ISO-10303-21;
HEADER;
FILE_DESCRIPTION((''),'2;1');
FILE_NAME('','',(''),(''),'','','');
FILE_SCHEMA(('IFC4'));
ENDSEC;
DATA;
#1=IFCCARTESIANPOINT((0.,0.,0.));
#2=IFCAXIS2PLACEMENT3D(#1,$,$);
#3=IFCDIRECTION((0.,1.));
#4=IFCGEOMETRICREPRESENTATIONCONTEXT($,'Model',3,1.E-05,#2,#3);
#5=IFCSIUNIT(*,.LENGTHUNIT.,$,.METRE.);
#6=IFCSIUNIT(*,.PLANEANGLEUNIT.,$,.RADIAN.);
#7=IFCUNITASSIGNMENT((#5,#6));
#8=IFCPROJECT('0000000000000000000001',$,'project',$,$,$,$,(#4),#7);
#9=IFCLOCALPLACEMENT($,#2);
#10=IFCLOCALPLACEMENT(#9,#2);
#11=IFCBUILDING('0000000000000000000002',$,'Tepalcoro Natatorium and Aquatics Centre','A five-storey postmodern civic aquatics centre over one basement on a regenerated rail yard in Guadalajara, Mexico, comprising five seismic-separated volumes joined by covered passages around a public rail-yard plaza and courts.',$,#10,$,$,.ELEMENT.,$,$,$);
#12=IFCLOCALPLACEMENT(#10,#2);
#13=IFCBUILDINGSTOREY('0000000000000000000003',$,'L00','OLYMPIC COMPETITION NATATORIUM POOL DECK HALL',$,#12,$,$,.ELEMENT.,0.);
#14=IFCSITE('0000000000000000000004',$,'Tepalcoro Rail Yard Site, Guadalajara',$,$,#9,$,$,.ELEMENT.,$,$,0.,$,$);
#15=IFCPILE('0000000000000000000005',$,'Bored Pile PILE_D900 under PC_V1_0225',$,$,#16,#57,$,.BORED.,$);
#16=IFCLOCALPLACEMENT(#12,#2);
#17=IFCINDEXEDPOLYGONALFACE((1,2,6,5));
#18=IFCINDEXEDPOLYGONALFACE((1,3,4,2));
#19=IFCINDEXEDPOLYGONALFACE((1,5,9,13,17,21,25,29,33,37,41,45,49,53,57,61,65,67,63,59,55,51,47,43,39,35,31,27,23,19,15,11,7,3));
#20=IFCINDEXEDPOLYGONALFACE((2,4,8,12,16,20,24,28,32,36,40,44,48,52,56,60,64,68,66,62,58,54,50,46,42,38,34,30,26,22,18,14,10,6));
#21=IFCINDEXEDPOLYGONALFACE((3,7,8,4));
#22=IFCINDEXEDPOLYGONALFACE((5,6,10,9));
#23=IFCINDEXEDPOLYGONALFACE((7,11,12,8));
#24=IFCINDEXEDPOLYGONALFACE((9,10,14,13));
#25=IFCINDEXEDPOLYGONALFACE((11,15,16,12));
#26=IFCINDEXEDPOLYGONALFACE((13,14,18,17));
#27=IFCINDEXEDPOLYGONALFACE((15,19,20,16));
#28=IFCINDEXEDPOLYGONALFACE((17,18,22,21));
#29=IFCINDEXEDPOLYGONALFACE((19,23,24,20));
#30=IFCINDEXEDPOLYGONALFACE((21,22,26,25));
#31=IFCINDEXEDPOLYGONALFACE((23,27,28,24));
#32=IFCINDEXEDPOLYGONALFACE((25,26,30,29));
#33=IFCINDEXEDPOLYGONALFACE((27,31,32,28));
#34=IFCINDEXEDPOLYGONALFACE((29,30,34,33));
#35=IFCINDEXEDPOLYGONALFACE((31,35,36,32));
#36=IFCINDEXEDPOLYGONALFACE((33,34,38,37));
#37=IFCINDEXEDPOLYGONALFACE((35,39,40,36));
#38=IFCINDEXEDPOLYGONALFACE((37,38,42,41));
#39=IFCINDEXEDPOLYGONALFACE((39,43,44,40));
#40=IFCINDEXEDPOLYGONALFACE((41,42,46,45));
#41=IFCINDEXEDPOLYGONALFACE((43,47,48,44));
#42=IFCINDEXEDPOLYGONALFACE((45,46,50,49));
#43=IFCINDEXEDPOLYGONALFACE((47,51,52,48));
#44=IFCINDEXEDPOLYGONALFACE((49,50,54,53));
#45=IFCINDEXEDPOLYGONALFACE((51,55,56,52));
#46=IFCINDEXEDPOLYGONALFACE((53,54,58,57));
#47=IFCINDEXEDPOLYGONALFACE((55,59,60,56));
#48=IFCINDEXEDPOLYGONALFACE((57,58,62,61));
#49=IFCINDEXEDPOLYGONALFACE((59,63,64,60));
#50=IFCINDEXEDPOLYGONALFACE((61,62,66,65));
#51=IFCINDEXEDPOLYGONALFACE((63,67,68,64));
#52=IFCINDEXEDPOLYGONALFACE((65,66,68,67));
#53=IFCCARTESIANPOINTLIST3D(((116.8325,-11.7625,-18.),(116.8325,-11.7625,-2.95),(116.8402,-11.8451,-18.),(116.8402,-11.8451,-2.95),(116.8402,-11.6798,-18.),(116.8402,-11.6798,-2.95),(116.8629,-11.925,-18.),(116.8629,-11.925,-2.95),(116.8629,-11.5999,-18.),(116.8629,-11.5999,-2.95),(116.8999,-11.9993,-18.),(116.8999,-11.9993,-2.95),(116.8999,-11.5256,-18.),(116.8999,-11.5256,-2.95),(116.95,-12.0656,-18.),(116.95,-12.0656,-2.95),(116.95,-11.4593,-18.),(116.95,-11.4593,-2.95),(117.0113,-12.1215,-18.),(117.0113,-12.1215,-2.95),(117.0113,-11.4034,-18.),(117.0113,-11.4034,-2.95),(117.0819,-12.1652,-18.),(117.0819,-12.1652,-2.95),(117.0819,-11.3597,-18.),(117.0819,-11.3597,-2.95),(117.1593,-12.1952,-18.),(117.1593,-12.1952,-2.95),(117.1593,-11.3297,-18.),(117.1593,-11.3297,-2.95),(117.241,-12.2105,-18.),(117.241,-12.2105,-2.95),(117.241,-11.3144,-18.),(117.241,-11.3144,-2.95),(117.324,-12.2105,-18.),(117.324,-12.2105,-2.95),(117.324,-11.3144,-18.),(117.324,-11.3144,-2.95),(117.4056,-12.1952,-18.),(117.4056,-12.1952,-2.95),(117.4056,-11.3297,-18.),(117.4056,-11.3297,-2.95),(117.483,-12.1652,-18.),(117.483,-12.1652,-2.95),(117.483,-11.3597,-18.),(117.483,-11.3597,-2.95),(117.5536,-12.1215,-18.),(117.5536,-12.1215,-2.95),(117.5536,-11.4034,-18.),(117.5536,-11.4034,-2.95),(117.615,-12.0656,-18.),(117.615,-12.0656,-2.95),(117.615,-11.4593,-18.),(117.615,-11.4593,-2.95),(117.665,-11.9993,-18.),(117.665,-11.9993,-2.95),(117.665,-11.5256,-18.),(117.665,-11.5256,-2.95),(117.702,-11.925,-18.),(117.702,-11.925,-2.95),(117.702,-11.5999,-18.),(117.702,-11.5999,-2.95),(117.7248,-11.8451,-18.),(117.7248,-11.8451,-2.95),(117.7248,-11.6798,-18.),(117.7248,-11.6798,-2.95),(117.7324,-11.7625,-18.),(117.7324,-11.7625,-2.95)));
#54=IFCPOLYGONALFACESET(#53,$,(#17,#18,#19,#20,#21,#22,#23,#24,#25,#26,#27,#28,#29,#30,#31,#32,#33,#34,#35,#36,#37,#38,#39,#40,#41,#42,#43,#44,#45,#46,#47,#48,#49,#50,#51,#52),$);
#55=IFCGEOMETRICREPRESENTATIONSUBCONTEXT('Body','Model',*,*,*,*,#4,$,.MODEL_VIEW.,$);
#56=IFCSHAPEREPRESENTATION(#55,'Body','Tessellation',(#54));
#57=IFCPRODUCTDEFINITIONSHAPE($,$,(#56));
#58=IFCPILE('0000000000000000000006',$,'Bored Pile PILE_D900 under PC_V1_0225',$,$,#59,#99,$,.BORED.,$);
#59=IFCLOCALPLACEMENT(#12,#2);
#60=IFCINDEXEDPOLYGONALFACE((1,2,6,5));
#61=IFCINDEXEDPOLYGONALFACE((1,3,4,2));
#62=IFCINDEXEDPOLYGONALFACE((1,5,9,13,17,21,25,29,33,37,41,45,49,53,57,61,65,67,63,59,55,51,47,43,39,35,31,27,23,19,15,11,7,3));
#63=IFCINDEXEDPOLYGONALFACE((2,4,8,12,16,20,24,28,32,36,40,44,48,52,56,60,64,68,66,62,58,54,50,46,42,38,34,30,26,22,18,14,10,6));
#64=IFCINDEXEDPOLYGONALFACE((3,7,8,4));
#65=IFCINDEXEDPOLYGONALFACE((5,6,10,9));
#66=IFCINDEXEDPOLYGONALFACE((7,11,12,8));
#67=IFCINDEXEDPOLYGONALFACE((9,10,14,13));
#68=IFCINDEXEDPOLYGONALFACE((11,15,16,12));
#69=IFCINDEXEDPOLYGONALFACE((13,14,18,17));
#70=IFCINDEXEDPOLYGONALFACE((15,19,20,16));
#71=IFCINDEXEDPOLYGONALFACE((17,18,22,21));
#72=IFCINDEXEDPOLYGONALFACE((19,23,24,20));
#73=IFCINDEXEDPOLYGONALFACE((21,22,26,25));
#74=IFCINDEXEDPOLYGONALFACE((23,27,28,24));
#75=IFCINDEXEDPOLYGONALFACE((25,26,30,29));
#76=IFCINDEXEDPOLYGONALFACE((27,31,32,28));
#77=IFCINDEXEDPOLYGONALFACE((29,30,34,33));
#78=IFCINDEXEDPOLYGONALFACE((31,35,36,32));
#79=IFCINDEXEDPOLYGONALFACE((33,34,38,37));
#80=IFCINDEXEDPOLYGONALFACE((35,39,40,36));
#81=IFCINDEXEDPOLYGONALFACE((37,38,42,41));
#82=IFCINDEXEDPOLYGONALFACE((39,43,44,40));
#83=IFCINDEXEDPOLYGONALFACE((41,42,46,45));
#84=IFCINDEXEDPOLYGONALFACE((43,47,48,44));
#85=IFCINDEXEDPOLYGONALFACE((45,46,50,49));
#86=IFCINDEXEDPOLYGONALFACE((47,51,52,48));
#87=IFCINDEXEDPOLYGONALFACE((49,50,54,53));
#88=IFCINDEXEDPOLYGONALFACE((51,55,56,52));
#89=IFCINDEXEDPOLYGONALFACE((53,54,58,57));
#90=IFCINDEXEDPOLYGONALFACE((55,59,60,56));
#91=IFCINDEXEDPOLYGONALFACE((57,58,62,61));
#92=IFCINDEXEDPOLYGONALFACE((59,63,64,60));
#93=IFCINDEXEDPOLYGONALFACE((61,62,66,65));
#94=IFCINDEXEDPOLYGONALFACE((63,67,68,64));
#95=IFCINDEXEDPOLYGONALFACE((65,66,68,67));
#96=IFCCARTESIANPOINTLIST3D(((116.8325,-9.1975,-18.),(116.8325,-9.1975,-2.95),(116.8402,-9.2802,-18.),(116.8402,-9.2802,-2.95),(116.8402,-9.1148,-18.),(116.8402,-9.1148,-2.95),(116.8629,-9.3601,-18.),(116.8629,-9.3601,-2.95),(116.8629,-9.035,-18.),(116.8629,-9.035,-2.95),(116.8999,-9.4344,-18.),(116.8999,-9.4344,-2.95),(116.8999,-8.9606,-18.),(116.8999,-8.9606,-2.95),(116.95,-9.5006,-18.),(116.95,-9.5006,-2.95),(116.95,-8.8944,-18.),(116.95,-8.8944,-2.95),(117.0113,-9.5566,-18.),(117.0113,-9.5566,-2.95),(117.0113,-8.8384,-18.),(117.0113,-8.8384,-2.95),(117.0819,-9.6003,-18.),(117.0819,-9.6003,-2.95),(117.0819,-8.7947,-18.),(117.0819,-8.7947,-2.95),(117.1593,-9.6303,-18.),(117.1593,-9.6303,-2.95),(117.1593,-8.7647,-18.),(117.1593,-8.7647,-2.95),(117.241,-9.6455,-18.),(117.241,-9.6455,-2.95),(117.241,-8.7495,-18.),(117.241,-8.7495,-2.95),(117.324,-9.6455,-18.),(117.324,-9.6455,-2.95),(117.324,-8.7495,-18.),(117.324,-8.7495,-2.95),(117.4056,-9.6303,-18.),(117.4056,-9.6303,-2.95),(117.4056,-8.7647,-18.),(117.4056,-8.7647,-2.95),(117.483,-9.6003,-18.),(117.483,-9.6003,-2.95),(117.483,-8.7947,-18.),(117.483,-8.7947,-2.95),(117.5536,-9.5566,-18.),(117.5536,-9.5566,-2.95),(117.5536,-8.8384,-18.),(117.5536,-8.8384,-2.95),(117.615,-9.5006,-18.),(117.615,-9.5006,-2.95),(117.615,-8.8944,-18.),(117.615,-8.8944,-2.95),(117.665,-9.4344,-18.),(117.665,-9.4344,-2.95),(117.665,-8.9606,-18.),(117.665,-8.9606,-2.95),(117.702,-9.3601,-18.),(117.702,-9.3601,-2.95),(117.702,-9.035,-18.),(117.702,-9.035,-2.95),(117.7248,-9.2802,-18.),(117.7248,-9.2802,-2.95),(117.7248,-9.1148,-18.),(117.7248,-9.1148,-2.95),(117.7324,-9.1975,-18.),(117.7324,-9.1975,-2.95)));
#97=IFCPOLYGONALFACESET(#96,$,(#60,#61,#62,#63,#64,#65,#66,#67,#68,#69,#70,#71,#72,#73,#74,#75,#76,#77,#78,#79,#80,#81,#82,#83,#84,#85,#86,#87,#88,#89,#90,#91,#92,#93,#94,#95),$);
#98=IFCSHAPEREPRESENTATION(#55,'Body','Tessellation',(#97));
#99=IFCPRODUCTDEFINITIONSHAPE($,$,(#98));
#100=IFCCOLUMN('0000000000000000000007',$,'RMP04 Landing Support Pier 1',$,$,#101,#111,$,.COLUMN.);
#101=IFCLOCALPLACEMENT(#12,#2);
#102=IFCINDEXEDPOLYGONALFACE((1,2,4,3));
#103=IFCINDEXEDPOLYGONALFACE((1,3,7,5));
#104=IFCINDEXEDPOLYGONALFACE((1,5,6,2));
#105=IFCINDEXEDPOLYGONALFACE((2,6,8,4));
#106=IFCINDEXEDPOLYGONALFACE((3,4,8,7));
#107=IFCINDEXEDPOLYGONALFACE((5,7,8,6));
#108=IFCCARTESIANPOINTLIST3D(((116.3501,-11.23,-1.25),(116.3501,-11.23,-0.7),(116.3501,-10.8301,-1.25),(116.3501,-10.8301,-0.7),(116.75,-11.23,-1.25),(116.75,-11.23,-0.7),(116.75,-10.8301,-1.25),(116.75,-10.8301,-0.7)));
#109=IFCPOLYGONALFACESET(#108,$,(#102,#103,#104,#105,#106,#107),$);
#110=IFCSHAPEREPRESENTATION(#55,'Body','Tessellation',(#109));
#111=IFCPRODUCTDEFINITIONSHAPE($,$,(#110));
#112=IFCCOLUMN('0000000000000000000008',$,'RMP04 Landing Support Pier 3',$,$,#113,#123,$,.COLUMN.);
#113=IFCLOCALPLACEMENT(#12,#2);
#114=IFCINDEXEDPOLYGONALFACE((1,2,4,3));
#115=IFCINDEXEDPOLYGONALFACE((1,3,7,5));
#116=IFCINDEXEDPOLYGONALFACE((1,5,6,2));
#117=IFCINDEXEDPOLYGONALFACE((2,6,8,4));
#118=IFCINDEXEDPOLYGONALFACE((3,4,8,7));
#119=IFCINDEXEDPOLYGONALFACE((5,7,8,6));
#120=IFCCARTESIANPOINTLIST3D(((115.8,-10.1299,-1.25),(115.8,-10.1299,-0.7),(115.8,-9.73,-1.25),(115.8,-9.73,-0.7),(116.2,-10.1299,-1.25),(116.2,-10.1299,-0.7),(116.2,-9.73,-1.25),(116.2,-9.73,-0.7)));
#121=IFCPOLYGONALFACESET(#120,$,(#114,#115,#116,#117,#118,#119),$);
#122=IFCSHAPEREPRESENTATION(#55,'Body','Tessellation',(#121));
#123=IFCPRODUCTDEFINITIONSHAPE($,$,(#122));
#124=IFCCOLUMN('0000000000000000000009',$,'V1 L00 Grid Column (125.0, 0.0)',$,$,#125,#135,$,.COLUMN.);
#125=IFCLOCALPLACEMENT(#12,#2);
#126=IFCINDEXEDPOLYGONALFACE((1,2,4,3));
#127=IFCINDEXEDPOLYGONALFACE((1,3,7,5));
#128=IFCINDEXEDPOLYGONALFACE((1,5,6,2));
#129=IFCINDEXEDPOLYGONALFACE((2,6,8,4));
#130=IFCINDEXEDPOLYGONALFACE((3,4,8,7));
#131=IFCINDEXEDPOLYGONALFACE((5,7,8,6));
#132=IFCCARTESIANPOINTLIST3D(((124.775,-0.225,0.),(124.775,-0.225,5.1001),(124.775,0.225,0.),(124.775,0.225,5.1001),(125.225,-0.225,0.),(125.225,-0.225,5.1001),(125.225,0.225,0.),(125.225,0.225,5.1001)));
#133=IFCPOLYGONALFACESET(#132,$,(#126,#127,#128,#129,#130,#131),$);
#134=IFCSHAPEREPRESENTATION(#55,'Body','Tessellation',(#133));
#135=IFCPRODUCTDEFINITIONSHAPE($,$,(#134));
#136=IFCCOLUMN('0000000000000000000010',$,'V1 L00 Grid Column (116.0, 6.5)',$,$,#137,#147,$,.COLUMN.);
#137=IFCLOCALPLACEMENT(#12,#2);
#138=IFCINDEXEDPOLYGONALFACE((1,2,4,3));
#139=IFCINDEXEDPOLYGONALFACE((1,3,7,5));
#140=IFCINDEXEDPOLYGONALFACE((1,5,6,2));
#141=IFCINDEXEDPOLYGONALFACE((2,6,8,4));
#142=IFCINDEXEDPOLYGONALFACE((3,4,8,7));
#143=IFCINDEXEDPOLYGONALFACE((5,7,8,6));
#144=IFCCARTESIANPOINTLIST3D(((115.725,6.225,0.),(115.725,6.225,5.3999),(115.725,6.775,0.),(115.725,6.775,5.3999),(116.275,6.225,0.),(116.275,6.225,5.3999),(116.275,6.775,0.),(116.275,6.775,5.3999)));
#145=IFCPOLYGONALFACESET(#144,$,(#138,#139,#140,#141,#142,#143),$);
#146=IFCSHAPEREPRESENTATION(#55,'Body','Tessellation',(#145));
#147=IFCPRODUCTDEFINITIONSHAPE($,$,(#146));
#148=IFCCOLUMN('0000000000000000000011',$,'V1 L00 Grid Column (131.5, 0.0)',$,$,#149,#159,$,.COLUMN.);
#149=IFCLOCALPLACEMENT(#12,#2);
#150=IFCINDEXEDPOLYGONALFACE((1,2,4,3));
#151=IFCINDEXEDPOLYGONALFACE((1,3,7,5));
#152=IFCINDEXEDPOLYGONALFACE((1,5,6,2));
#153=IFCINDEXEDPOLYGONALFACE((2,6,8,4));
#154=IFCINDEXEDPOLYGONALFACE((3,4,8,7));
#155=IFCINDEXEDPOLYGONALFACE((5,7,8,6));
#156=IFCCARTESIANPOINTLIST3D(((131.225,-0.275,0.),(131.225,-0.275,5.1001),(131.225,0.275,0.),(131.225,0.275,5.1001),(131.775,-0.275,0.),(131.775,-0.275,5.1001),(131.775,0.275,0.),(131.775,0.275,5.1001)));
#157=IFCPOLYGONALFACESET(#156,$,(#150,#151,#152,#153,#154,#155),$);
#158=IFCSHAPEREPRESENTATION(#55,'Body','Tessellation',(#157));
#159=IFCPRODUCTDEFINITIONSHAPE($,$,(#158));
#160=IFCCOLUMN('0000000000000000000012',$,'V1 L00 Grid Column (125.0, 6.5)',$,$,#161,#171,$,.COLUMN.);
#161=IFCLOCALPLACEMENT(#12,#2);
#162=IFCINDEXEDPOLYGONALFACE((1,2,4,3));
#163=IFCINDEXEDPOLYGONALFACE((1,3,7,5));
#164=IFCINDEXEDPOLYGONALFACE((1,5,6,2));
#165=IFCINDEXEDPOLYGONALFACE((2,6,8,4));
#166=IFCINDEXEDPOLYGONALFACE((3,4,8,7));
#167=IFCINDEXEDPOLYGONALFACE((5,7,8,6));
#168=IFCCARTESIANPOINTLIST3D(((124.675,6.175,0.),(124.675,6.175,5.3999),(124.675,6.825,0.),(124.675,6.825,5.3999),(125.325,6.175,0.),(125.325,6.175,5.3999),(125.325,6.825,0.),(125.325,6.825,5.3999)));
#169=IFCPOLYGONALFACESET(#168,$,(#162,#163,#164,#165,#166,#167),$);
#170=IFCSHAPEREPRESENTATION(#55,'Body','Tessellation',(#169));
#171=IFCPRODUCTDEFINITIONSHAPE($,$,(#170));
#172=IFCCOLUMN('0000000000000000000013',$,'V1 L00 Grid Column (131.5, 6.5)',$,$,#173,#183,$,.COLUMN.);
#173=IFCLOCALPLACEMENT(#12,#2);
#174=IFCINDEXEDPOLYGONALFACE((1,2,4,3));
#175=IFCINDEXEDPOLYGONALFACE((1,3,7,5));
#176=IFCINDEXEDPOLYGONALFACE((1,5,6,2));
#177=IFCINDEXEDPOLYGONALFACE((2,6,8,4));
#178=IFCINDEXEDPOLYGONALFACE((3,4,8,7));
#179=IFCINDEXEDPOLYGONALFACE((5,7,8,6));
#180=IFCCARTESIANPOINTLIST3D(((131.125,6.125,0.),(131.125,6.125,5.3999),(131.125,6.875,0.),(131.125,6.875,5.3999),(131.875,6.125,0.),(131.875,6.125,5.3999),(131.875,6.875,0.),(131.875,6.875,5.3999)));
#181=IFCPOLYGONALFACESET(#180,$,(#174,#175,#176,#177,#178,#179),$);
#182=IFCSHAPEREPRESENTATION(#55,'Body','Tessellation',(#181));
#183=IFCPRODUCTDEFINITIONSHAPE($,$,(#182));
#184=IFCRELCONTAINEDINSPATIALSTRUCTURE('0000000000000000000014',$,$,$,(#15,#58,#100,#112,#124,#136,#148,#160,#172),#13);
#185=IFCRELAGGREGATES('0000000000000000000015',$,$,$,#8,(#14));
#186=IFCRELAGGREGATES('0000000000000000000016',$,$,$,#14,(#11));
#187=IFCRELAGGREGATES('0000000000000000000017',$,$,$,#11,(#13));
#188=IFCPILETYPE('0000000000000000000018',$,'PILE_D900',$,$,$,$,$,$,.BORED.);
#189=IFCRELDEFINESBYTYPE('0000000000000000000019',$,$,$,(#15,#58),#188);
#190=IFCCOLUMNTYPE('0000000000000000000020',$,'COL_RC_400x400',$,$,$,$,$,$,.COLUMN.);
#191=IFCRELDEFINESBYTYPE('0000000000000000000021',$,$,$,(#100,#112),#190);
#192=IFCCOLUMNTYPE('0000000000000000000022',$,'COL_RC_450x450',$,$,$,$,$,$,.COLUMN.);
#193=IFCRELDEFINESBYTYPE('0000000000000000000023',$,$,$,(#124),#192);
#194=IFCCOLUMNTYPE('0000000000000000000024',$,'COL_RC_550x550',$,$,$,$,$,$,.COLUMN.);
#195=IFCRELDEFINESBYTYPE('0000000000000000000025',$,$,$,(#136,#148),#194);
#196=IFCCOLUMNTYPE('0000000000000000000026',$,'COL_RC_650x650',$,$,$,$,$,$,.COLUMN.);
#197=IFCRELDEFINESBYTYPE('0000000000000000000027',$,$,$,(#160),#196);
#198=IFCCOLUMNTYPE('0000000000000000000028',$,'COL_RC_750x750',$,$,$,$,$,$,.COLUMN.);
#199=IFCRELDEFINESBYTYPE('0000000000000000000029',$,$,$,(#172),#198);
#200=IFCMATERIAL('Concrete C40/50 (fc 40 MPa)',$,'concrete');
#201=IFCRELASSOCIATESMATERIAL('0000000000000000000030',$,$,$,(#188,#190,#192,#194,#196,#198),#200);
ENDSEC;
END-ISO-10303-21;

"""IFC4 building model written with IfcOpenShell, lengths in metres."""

from ifc_helpers import new_model, si_unit, direction, frame, origin, origin_2d, place, context, subcontext, project, spatial, rectangle, circle, extrude, material, material_profile, profile_set, type_object, element, save


model = new_model("IFC4")

# Units and contexts
model_context = context("Model", 3, precision=1e-05, world=origin(), true_north=direction((0.0, 1.0)))
body_context = subcontext(model_context, "Body", "Model", "MODEL_VIEW")
ifc_project = project(units=[si_unit("LENGTHUNIT", "METRE"), si_unit("PLANEANGLEUNIT", "RADIAN")], contexts=[model_context])

# Site, building, storey
site_placement = place(None, origin())
site = spatial("IfcSite", under=ifc_project, at=site_placement, Name="Tepalcoro Rail Yard Site, Guadalajara", CompositionType="ELEMENT", RefElevation=0.0)
building_placement = place(site_placement, origin())
building = spatial("IfcBuilding", under=site, at=building_placement, Name="Tepalcoro Natatorium and Aquatics Centre", Description="A five-storey postmodern civic aquatics centre over one basement on a regenerated rail yard in Guadalajara, Mexico, comprising five seismic-separated volumes joined by covered passages around a public rail-yard plaza and courts.", CompositionType="ELEMENT")
storey_placement = place(building_placement, origin())
storey = spatial("IfcBuildingStorey", under=building, at=storey_placement, Name="L00", Description="OLYMPIC COMPETITION NATATORIUM POOL DECK HALL", CompositionType="ELEMENT", Elevation=0.0)

# Piles
ifc_material_1 = material(Name="Concrete C40/50 (fc 40 MPa)", Category="concrete")
ifc_material_profile_1 = material_profile(ifc_material_1, circle(Radius=0.45, at=origin_2d()), Name="PILE_D900")
ifc_profile_set_1 = profile_set([ifc_material_profile_1], Name="Concrete C40/50 (fc 40 MPa)")
pile_type = type_object("IfcPileType", Name="PILE_D900", PredefinedType="BORED", material=ifc_profile_set_1)
for number, where, z_axis, x_axis, name in (
    (1, (117.2825, -11.7625, -2.95), (0.0, 0.0, -1.0), (1.0, 0.0, 0.0), "Bored Pile PILE_D900 under PC_V1_0225"),
    (2, (117.2825, -9.1975, -2.95), (0.0, 0.0, -1.0), (1.0, 0.0, 0.0), "Bored Pile PILE_D900 under PC_V1_0225"),
):
    element("IfcPile", number, at=place(storey_placement, frame(where, z_axis=z_axis, x_axis=x_axis)), inside=storey, type_object=pile_type, Name=name, PredefinedType="BORED", context=body_context, shape_type="SweptSolid", body=[
        extrude(circle(Radius=0.45, at=origin_2d()), origin(), (0.0, 0.0, 1.0), 15.05),
    ])

# Columns
ifc_material_profile_2 = material_profile(ifc_material_1, rectangle(XDim=0.3999, YDim=0.3999, at=origin_2d()), Name="RC400x400")
ifc_profile_set_2 = profile_set([ifc_material_profile_2], Name="Concrete C40/50 (fc 40 MPa)")
column_type_1 = type_object("IfcColumnType", Name="COL_RC_400x400", PredefinedType="COLUMN", material=ifc_profile_set_2)
for number, where, z_axis, x_axis, name in (
    (3, (116.55, -11.03, -1.25), (0.0, 0.0, 1.0), (1.0, 0.0, 0.0), "RMP04 Landing Support Pier 1"),
    (4, (116.0, -9.9299, -1.25), (0.0, 0.0, 1.0), (1.0, 0.0, 0.0), "RMP04 Landing Support Pier 3"),
):
    element("IfcColumn", number, at=place(storey_placement, frame(where, z_axis=z_axis, x_axis=x_axis)), inside=storey, type_object=column_type_1, Name=name, PredefinedType="COLUMN", context=body_context, shape_type="SweptSolid", body=[
        extrude(rectangle(XDim=0.3999, YDim=0.3999, at=origin_2d()), origin(), (0.0, 0.0, 1.0), 0.55),
    ])
ifc_material_profile_3 = material_profile(ifc_material_1, rectangle(XDim=0.45, YDim=0.45, at=origin_2d()), Name="RC450x450")
ifc_profile_set_3 = profile_set([ifc_material_profile_3], Name="Concrete C40/50 (fc 40 MPa)")
column_type_2 = type_object("IfcColumnType", Name="COL_RC_450x450", PredefinedType="COLUMN", material=ifc_profile_set_3)
column_1_placement = place(storey_placement, frame((125.0, 0.0, 0.0), z_axis=(0.0, 0.0, 1.0), x_axis=(1.0, 0.0, 0.0)))
element("IfcColumn", 5, at=column_1_placement, inside=storey, type_object=column_type_2, Name="V1 L00 Grid Column (125.0, 0.0)", PredefinedType="COLUMN", context=body_context, shape_type="SweptSolid", body=[
    extrude(rectangle(XDim=0.45, YDim=0.45, at=origin_2d()), origin(), (0.0, 0.0, 1.0), 5.1001),
])
ifc_material_profile_4 = material_profile(ifc_material_1, rectangle(XDim=0.55, YDim=0.55, at=origin_2d()), Name="RC550x550")
ifc_profile_set_4 = profile_set([ifc_material_profile_4], Name="Concrete C40/50 (fc 40 MPa)")
column_type_3 = type_object("IfcColumnType", Name="COL_RC_550x550", PredefinedType="COLUMN", material=ifc_profile_set_4)
column_2_placement = place(storey_placement, frame((116.0, 6.5, 0.0), z_axis=(0.0, 0.0, 1.0), x_axis=(1.0, 0.0, 0.0)))
element("IfcColumn", 6, at=column_2_placement, inside=storey, type_object=column_type_3, Name="V1 L00 Grid Column (116.0, 6.5)", PredefinedType="COLUMN", context=body_context, shape_type="SweptSolid", body=[
    extrude(rectangle(XDim=0.55, YDim=0.55, at=origin_2d()), origin(), (0.0, 0.0, 1.0), 5.3999),
])
column_3_placement = place(storey_placement, frame((131.5, 0.0, 0.0), z_axis=(0.0, 0.0, 1.0), x_axis=(1.0, 0.0, 0.0)))
element("IfcColumn", 7, at=column_3_placement, inside=storey, type_object=column_type_3, Name="V1 L00 Grid Column (131.5, 0.0)", PredefinedType="COLUMN", context=body_context, shape_type="SweptSolid", body=[
    extrude(rectangle(XDim=0.55, YDim=0.55, at=origin_2d()), origin(), (0.0, 0.0, 1.0), 5.1001),
])
ifc_material_profile_5 = material_profile(ifc_material_1, rectangle(XDim=0.6499, YDim=0.6499, at=origin_2d()), Name="RC650x650")
ifc_profile_set_5 = profile_set([ifc_material_profile_5], Name="Concrete C40/50 (fc 40 MPa)")
column_type_4 = type_object("IfcColumnType", Name="COL_RC_650x650", PredefinedType="COLUMN", material=ifc_profile_set_5)
column_4_placement = place(storey_placement, frame((125.0, 6.5, 0.0), z_axis=(0.0, 0.0, 1.0), x_axis=(1.0, 0.0, 0.0)))
element("IfcColumn", 8, at=column_4_placement, inside=storey, type_object=column_type_4, Name="V1 L00 Grid Column (125.0, 6.5)", PredefinedType="COLUMN", context=body_context, shape_type="SweptSolid", body=[
    extrude(rectangle(XDim=0.6499, YDim=0.6499, at=origin_2d()), origin(), (0.0, 0.0, 1.0), 5.3999),
])
ifc_material_profile_6 = material_profile(ifc_material_1, rectangle(XDim=0.75, YDim=0.75, at=origin_2d()), Name="RC750x750")
ifc_profile_set_6 = profile_set([ifc_material_profile_6], Name="Concrete C40/50 (fc 40 MPa)")
column_type_5 = type_object("IfcColumnType", Name="COL_RC_750x750", PredefinedType="COLUMN", material=ifc_profile_set_6)
column_5_placement = place(storey_placement, frame((131.5, 6.5, 0.0), z_axis=(0.0, 0.0, 1.0), x_axis=(1.0, 0.0, 0.0)))
element("IfcColumn", 9, at=column_5_placement, inside=storey, type_object=column_type_5, Name="V1 L00 Grid Column (131.5, 6.5)", PredefinedType="COLUMN", context=body_context, shape_type="SweptSolid", body=[
    extrude(rectangle(XDim=0.75, YDim=0.75, at=origin_2d()), origin(), (0.0, 0.0, 1.0), 5.3999),
])

save(model, "model.ifc")
